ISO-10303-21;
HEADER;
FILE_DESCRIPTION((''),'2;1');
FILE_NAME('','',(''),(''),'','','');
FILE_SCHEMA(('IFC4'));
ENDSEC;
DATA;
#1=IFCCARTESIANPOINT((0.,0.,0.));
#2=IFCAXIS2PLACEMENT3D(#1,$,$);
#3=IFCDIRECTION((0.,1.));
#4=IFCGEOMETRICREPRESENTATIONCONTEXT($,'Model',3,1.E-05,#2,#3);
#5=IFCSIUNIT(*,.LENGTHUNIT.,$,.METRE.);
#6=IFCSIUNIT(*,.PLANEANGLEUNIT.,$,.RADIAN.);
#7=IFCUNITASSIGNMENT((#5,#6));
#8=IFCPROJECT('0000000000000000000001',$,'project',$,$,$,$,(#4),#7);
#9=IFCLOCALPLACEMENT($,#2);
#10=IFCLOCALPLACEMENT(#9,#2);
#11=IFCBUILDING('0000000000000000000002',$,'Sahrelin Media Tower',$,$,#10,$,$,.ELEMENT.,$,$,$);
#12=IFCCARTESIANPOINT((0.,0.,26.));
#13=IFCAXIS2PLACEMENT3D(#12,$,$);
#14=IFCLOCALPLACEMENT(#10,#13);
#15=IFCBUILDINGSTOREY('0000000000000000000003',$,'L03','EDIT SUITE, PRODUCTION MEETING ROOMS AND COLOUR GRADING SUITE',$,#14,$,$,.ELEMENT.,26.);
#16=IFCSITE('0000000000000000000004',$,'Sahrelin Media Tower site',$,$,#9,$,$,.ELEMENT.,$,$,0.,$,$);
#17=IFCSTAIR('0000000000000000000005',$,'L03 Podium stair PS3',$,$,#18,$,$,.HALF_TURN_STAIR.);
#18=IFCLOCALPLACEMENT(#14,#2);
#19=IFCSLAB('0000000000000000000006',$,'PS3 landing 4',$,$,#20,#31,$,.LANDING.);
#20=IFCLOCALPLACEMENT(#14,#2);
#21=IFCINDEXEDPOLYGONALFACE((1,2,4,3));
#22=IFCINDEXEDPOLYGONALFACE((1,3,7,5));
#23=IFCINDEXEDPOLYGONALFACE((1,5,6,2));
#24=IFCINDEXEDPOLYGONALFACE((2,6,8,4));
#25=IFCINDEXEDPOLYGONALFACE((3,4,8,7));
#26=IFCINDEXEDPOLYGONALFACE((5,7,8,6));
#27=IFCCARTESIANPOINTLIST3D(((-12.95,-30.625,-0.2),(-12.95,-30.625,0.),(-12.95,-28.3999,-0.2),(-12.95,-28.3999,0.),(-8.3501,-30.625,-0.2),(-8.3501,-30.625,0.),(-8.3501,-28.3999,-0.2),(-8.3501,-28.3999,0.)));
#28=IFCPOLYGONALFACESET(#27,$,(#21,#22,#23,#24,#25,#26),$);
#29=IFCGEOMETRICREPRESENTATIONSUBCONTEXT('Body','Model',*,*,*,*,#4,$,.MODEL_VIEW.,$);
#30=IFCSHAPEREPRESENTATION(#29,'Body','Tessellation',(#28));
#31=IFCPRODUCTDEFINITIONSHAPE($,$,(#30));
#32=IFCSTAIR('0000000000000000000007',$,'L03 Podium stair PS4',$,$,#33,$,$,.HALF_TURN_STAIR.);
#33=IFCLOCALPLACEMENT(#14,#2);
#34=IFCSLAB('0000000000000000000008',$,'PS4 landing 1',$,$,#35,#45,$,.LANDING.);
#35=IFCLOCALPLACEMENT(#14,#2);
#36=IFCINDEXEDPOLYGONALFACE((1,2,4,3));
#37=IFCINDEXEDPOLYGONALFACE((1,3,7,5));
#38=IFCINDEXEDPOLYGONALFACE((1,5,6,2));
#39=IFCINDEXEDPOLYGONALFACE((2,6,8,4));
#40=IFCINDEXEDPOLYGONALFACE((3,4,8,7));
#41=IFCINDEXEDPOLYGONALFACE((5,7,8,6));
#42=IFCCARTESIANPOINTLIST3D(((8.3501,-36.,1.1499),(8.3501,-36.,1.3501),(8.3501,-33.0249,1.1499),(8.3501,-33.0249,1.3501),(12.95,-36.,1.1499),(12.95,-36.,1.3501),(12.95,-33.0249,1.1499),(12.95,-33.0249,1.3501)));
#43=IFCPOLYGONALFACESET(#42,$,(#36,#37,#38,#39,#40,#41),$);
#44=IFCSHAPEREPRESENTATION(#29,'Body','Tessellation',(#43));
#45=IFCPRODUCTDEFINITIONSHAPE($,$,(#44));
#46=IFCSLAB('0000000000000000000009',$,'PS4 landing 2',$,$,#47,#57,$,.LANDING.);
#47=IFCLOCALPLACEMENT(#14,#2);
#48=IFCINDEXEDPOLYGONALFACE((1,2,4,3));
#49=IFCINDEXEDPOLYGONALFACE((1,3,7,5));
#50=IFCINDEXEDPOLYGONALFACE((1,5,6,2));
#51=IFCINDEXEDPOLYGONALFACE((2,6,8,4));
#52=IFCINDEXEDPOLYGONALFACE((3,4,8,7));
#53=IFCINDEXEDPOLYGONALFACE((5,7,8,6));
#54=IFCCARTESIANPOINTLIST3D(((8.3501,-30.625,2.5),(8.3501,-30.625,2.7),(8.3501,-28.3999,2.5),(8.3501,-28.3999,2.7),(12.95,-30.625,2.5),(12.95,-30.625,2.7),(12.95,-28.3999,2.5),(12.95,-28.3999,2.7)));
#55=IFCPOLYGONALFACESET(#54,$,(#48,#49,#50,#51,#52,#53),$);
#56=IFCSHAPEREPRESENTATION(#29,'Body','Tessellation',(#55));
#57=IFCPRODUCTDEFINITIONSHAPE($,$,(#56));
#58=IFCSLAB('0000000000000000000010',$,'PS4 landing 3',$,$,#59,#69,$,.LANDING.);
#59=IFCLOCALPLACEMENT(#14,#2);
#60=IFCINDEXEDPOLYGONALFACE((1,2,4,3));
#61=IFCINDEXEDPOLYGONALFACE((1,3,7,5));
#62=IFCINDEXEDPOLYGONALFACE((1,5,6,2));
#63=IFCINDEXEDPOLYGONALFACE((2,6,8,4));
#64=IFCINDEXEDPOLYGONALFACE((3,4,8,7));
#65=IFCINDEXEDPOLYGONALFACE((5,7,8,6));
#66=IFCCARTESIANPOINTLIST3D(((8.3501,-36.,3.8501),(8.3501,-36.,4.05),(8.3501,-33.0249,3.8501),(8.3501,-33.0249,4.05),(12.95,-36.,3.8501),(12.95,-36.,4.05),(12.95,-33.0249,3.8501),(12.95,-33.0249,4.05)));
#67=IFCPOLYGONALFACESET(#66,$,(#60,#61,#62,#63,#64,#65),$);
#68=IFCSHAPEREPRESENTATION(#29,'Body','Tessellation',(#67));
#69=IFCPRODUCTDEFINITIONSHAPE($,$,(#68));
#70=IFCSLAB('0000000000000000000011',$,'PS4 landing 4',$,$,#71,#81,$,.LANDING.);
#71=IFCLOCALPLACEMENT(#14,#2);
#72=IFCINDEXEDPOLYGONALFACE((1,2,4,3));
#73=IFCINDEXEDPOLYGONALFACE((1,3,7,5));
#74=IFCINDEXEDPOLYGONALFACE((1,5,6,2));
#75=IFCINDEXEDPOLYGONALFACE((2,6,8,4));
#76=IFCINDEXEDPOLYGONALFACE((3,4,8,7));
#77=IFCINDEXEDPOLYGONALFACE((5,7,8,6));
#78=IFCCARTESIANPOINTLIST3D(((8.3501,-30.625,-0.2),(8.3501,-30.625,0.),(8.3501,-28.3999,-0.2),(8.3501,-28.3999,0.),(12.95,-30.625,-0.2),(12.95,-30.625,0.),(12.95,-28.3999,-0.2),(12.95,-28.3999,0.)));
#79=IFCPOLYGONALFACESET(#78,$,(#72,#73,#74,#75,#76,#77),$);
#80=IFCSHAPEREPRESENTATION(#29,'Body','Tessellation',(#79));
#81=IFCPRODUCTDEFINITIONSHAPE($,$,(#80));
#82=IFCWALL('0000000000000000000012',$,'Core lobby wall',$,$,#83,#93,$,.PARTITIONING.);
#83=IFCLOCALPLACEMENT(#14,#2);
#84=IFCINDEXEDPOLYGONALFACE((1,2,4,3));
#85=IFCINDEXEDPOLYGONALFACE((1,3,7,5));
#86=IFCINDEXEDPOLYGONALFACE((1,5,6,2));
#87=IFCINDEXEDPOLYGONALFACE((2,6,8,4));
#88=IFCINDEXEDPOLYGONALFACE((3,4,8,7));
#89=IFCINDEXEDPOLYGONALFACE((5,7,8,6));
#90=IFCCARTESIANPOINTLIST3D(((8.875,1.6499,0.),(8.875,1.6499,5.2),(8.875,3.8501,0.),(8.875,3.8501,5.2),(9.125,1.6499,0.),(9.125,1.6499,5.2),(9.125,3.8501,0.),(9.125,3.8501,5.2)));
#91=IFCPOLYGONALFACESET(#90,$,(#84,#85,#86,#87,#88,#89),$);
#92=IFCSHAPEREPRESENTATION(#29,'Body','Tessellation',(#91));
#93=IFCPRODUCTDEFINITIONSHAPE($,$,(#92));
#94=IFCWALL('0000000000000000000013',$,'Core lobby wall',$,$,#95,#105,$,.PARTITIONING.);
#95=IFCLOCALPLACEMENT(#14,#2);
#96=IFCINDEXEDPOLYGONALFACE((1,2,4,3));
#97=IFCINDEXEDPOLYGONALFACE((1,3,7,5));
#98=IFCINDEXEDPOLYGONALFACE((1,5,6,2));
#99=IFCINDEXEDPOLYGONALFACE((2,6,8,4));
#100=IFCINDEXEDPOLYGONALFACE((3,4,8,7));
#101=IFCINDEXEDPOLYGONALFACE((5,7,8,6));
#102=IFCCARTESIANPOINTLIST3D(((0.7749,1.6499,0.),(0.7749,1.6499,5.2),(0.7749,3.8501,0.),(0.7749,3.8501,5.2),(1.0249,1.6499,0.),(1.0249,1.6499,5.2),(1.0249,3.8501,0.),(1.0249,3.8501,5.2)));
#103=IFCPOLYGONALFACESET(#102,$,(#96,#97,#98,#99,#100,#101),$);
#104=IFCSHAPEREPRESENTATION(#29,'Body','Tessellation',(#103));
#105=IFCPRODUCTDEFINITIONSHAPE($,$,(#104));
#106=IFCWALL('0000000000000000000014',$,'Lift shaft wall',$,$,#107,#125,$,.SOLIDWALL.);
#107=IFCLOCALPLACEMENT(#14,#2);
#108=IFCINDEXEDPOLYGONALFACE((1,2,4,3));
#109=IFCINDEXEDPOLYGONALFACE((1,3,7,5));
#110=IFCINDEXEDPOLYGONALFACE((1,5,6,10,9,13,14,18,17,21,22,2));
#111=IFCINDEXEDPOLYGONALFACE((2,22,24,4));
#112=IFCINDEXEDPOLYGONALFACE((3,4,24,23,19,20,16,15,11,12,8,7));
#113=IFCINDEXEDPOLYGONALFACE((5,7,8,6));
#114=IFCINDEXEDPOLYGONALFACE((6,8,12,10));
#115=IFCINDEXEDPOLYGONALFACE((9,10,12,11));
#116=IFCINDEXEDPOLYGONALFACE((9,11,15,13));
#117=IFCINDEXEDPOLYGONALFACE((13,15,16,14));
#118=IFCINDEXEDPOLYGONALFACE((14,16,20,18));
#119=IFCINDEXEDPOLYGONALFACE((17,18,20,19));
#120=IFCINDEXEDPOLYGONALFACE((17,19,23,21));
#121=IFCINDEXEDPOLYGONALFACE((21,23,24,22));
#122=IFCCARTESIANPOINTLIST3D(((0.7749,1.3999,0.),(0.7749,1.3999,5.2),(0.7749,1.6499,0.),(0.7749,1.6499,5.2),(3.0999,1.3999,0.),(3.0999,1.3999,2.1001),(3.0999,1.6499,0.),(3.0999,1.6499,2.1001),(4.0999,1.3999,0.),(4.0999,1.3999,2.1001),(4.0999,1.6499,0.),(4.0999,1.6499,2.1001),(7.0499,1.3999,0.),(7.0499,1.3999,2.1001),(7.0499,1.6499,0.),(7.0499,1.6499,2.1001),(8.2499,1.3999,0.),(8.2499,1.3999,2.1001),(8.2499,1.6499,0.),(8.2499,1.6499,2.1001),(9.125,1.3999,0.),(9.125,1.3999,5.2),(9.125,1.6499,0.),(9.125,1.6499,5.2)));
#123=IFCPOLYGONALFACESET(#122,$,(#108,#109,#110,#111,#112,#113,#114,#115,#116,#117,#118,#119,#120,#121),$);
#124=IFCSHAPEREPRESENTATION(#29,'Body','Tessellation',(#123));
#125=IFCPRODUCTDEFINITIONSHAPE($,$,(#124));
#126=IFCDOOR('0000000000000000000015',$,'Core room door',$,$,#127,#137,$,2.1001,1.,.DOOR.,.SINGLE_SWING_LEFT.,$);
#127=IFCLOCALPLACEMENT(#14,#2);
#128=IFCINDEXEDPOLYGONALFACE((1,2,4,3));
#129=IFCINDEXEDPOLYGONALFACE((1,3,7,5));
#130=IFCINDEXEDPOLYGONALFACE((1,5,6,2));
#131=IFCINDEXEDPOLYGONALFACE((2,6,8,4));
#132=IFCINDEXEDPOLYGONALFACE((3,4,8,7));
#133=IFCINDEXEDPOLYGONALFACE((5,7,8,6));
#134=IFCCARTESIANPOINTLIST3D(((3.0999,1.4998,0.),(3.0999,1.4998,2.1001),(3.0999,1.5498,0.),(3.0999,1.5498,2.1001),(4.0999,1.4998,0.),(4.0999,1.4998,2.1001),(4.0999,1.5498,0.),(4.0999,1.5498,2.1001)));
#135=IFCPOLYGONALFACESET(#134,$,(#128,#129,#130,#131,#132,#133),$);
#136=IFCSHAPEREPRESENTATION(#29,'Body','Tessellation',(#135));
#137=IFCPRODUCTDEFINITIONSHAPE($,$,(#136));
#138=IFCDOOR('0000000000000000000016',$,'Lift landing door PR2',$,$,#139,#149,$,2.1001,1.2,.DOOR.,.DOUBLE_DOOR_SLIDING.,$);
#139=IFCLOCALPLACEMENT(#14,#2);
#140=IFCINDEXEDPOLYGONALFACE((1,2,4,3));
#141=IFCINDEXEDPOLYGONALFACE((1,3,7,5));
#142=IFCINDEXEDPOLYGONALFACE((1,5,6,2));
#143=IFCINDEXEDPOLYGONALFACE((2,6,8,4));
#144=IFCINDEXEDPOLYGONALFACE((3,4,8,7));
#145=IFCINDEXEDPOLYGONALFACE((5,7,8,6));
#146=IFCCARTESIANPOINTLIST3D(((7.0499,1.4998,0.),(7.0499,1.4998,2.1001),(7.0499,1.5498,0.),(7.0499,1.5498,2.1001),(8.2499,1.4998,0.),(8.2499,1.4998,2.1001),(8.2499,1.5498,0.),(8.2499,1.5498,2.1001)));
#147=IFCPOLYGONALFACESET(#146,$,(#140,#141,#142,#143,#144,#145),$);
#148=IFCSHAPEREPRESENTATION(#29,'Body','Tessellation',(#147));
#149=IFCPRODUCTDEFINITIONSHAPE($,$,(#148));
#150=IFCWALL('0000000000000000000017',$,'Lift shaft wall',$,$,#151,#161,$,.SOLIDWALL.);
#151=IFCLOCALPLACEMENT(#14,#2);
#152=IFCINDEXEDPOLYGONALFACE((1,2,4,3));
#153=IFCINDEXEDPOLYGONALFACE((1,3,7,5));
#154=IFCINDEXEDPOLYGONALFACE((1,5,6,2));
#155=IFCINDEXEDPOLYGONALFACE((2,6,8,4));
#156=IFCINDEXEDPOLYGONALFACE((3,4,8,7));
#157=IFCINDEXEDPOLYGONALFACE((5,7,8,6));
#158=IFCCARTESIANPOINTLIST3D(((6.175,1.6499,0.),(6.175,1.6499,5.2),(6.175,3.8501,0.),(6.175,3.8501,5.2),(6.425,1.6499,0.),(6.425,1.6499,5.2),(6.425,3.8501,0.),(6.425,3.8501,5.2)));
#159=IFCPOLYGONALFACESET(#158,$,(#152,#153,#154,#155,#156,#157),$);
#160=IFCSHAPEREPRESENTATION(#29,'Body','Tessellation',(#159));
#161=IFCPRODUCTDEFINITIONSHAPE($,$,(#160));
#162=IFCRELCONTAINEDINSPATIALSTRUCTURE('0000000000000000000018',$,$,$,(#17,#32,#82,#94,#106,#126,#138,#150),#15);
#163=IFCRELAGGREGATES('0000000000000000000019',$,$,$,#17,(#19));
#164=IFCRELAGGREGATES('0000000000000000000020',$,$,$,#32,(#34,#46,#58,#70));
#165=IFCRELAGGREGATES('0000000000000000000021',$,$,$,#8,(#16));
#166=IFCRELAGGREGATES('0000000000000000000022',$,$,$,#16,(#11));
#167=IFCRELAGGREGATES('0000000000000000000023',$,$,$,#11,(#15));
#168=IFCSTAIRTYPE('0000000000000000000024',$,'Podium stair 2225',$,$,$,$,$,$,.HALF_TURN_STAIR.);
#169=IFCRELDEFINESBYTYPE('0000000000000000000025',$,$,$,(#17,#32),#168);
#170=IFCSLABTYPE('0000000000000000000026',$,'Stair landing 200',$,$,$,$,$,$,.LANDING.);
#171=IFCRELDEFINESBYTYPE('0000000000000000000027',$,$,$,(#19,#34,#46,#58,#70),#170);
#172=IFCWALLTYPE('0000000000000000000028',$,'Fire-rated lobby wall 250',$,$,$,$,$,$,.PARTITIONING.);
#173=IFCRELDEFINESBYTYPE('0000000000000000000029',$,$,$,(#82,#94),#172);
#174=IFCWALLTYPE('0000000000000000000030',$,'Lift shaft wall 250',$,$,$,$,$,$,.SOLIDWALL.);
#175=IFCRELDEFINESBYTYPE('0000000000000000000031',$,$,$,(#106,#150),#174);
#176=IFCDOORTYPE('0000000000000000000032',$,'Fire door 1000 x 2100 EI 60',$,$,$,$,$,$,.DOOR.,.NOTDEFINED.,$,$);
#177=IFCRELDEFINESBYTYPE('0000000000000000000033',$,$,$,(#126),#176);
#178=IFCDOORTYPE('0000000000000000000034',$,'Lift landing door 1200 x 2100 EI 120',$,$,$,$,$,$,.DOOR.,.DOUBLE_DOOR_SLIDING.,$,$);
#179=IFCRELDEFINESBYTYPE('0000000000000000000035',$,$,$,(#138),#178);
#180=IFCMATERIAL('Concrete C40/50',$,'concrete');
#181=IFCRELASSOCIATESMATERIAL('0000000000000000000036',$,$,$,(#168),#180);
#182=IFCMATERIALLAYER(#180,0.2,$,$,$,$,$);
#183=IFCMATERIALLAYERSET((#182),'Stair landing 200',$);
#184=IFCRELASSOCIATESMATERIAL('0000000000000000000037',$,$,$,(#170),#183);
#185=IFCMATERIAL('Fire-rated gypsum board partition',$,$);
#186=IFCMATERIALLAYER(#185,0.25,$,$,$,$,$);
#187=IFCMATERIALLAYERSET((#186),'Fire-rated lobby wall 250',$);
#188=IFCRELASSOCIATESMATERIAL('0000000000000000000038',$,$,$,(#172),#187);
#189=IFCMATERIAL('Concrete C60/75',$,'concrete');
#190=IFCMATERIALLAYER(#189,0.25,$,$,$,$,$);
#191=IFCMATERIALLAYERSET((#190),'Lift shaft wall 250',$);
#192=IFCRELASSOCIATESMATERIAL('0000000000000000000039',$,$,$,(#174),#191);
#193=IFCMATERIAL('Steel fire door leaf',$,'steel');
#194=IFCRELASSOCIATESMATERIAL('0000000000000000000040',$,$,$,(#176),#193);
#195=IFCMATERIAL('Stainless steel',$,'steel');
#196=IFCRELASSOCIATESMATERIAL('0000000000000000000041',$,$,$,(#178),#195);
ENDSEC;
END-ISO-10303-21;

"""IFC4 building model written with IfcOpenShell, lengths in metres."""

from ifc_helpers import new_model, si_unit, direction, frame, frame_2d, origin, place, context, subcontext, project, spatial, polyline, rectangle, outline, extrude, material, layer, layer_set, type_object, element, fill, aggregate, save


model = new_model("IFC4")

# Units and contexts
model_context = context("Model", 3, precision=1e-05, world=origin(), true_north=direction((0.0, 1.0)))
body_context = subcontext(model_context, "Body", "Model", "MODEL_VIEW")
ifc_project = project(units=[si_unit("LENGTHUNIT", "METRE"), si_unit("PLANEANGLEUNIT", "RADIAN")], contexts=[model_context])

# Site, building, storey
site_placement = place(None, origin())
site = spatial("IfcSite", under=ifc_project, at=site_placement, Name="Sahrelin Media Tower site", CompositionType="ELEMENT", RefElevation=0.0)
building_placement = place(site_placement, origin())
building = spatial("IfcBuilding", under=site, at=building_placement, Name="Sahrelin Media Tower", CompositionType="ELEMENT")
storey_placement = place(building_placement, frame((0.0, 0.0, 26.0)))
storey = spatial("IfcBuildingStorey", under=building, at=storey_placement, Name="L03", Description="EDIT SUITE, PRODUCTION MEETING ROOMS AND COLOUR GRADING SUITE", CompositionType="ELEMENT", Elevation=26.0)

# Shared definitions
ifc_material_1 = material(Name="Concrete C40/50", Category="concrete")
placement_1 = place(storey_placement, frame((0.0, 0.0, -0.2)))

# Shared definitions
stair_type = type_object("IfcStairType", Name="Podium stair 2225", PredefinedType="HALF_TURN_STAIR", material=ifc_material_1)
placement_2 = place(storey_placement, origin())
ifc_layer_1 = layer(ifc_material_1, 0.2)
ifc_layer_set_1 = layer_set([ifc_layer_1], Name="Stair landing 200")
slab_type_1 = type_object("IfcSlabType", Name="Stair landing 200", PredefinedType="LANDING", material=ifc_layer_set_1)

# Stairs, slabs
stair_1 = element("IfcStair", 1, at=placement_2, inside=storey, type_object=stair_type, Name="L03 Podium stair PS3", PredefinedType="HALF_TURN_STAIR")
placement_3 = place(storey_placement, frame((0.0, 0.0, 1.1499)))
placement_4 = place(storey_placement, frame((0.0, 0.0, 2.5)))
placement_5 = place(storey_placement, frame((0.0, 0.0, 3.8501)))
slab_1 = element("IfcSlab", 2, at=placement_1, type_object=slab_type_1, Name="PS3 landing 4", PredefinedType="LANDING", context=body_context, shape_type="SweptSolid", body=[
    extrude(outline(polyline([(-12.95, -28.3999), (-12.95, -30.625), (-8.3501, -30.625), (-8.3501, -28.3999), (-12.95, -28.3999)])), origin(), (0.0, 0.0, 1.0), 0.2),
])
aggregate(stair_1, [slab_1])
stair_2 = element("IfcStair", 3, at=placement_2, inside=storey, type_object=stair_type, Name="L03 Podium stair PS4", PredefinedType="HALF_TURN_STAIR")
slab_2 = element("IfcSlab", 4, at=placement_3, type_object=slab_type_1, Name="PS4 landing 1", PredefinedType="LANDING", context=body_context, shape_type="SweptSolid", body=[
    extrude(outline(polyline([(8.3501, -33.0249), (8.3501, -36.0), (12.95, -36.0), (12.95, -33.0249), (8.3501, -33.0249)])), origin(), (0.0, 0.0, 1.0), 0.2002),
])
slab_3 = element("IfcSlab", 5, at=placement_4, type_object=slab_type_1, Name="PS4 landing 2", PredefinedType="LANDING", context=body_context, shape_type="SweptSolid", body=[
    extrude(outline(polyline([(8.3501, -28.3999), (8.3501, -30.625), (12.95, -30.625), (12.95, -28.3999), (8.3501, -28.3999)])), origin(), (0.0, 0.0, 1.0), 0.2),
])
slab_4 = element("IfcSlab", 6, at=placement_5, type_object=slab_type_1, Name="PS4 landing 3", PredefinedType="LANDING", context=body_context, shape_type="SweptSolid", body=[
    extrude(outline(polyline([(8.3501, -33.0249), (8.3501, -36.0), (12.95, -36.0), (12.95, -33.0249), (8.3501, -33.0249)])), origin(), (0.0, 0.0, 1.0), 0.2),
])
slab_5 = element("IfcSlab", 7, at=placement_1, type_object=slab_type_1, Name="PS4 landing 4", PredefinedType="LANDING", context=body_context, shape_type="SweptSolid", body=[
    extrude(outline(polyline([(8.3501, -28.3999), (8.3501, -30.625), (12.95, -30.625), (12.95, -28.3999), (8.3501, -28.3999)])), origin(), (0.0, 0.0, 1.0), 0.2),
])
aggregate(stair_2, [slab_2, slab_3, slab_4, slab_5])

# Walls
ifc_material_2 = material(Name="Fire-rated gypsum board partition")
ifc_layer_2 = layer(ifc_material_2, 0.25)
ifc_layer_set_2 = layer_set([ifc_layer_2], Name="Fire-rated lobby wall 250")
wall_type_1 = type_object("IfcWallType", Name="Fire-rated lobby wall 250", PredefinedType="PARTITIONING", material=ifc_layer_set_2)
for number, where, z_axis, x_axis, name in (
    (8, (9.0, 1.6499, 0.0), (0.0, 0.0, 1.0), (0.0, 1.0, 0.0), "Core lobby wall"),
    (9, (0.8999, 1.6499, 0.0), (0.0, 0.0, 1.0), (0.0, 1.0, 0.0), "Core lobby wall"),
):
    element("IfcWall", number, at=place(storey_placement, frame(where, z_axis=z_axis, x_axis=x_axis)), inside=storey, type_object=wall_type_1, Name=name, PredefinedType="PARTITIONING", context=body_context, shape_type="SweptSolid", body=[
        extrude(rectangle(XDim=2.2002, YDim=0.25, at=frame_2d((1.1001, 0.0))), origin(), (0.0, 0.0, 1.0), 5.2),
    ])

# Wall, openings, doors
ifc_material_3 = material(Name="Concrete C60/75", Category="concrete")
ifc_layer_3 = layer(ifc_material_3, 0.25)
ifc_layer_set_3 = layer_set([ifc_layer_3], Name="Lift shaft wall 250")
wall_type_2 = type_object("IfcWallType", Name="Lift shaft wall 250", PredefinedType="SOLIDWALL", material=ifc_layer_set_3)
wall_1_placement = place(storey_placement, frame((0.7749, 1.5249, 0.0), z_axis=(0.0, 0.0, 1.0), x_axis=(1.0, 0.0, 0.0)))
wall_1 = element("IfcWall", 10, at=wall_1_placement, inside=storey, type_object=wall_type_2, Name="Lift shaft wall", PredefinedType="SOLIDWALL", context=body_context, shape_type="SweptSolid", body=[
    extrude(rectangle(XDim=8.3501, YDim=0.25, at=frame_2d((4.175, 0.0))), origin(), (0.0, 0.0, 1.0), 5.2),
])
opening_1_placement = place(wall_1_placement, frame((6.2749, 0.0, 0.0)))
opening_1 = element("IfcOpeningElement", 11, at=opening_1_placement, cuts=wall_1, PredefinedType="OPENING", context=body_context, shape_type="SweptSolid", body=[
    extrude(rectangle(XDim=1.2, YDim=2.1001, at=frame_2d((0.6001, 1.05))), frame((0.0, 0.125, 0.0), z_axis=(0.0, -1.0, 0.0), x_axis=(1.0, 0.0, 0.0)), (0.0, 0.0, 1.0), 0.25),
])
opening_2_placement = place(wall_1_placement, frame((2.325, 0.0, 0.0)))
opening_2 = element("IfcOpeningElement", 12, at=opening_2_placement, cuts=wall_1, PredefinedType="OPENING", context=body_context, shape_type="SweptSolid", body=[
    extrude(rectangle(XDim=1.0, YDim=2.1001, at=frame_2d((0.5, 1.05))), frame((0.0, 0.125, 0.0), z_axis=(0.0, -1.0, 0.0), x_axis=(1.0, 0.0, 0.0)), (0.0, 0.0, 1.0), 0.25),
])
ifc_material_4 = material(Name="Steel fire door leaf", Category="steel")
door_type_1 = type_object("IfcDoorType", Name="Fire door 1000 x 2100 EI 60", OperationType="NOTDEFINED", PredefinedType="DOOR", material=ifc_material_4)
door_1_placement = place(opening_2_placement, origin())
door_1 = element("IfcDoor", 13, at=door_1_placement, inside=storey, type_object=door_type_1, Name="Core room door", OperationType="SINGLE_SWING_LEFT", OverallHeight=2.1001, OverallWidth=1.0, PredefinedType="DOOR", context=body_context, shape_type="SweptSolid", body=[
    extrude(rectangle(XDim=1.0, YDim=2.1001, at=frame_2d((0.5, 1.05))), frame((0.0, 0.0249, 0.0), z_axis=(0.0, -1.0, 0.0), x_axis=(1.0, 0.0, 0.0)), (0.0, 0.0, 1.0), 0.05),
])
fill(opening_2, door_1)
ifc_material_5 = material(Name="Stainless steel", Category="steel")
door_type_2 = type_object("IfcDoorType", Name="Lift landing door 1200 x 2100 EI 120", OperationType="DOUBLE_DOOR_SLIDING", PredefinedType="DOOR", material=ifc_material_5)
door_2_placement = place(opening_1_placement, origin())
door_2 = element("IfcDoor", 14, at=door_2_placement, inside=storey, type_object=door_type_2, Name="Lift landing door PR2", OperationType="DOUBLE_DOOR_SLIDING", OverallHeight=2.1001, OverallWidth=1.2, PredefinedType="DOOR", context=body_context, shape_type="SweptSolid", body=[
    extrude(rectangle(XDim=1.2, YDim=2.1001, at=frame_2d((0.6001, 1.05))), frame((0.0, 0.0249, 0.0), z_axis=(0.0, -1.0, 0.0), x_axis=(1.0, 0.0, 0.0)), (0.0, 0.0, 1.0), 0.05),
])
fill(opening_1, door_2)

# Wall
wall_2_placement = place(storey_placement, frame((6.3, 1.6499, 0.0), z_axis=(0.0, 0.0, 1.0), x_axis=(0.0, 1.0, 0.0)))
element("IfcWall", 15, at=wall_2_placement, inside=storey, type_object=wall_type_2, Name="Lift shaft wall", PredefinedType="SOLIDWALL", context=body_context, shape_type="SweptSolid", body=[
    extrude(rectangle(XDim=2.2002, YDim=0.25, at=frame_2d((1.1001, 0.0))), origin(), (0.0, 0.0, 1.0), 5.2),
])

save(model, "model.ifc")
